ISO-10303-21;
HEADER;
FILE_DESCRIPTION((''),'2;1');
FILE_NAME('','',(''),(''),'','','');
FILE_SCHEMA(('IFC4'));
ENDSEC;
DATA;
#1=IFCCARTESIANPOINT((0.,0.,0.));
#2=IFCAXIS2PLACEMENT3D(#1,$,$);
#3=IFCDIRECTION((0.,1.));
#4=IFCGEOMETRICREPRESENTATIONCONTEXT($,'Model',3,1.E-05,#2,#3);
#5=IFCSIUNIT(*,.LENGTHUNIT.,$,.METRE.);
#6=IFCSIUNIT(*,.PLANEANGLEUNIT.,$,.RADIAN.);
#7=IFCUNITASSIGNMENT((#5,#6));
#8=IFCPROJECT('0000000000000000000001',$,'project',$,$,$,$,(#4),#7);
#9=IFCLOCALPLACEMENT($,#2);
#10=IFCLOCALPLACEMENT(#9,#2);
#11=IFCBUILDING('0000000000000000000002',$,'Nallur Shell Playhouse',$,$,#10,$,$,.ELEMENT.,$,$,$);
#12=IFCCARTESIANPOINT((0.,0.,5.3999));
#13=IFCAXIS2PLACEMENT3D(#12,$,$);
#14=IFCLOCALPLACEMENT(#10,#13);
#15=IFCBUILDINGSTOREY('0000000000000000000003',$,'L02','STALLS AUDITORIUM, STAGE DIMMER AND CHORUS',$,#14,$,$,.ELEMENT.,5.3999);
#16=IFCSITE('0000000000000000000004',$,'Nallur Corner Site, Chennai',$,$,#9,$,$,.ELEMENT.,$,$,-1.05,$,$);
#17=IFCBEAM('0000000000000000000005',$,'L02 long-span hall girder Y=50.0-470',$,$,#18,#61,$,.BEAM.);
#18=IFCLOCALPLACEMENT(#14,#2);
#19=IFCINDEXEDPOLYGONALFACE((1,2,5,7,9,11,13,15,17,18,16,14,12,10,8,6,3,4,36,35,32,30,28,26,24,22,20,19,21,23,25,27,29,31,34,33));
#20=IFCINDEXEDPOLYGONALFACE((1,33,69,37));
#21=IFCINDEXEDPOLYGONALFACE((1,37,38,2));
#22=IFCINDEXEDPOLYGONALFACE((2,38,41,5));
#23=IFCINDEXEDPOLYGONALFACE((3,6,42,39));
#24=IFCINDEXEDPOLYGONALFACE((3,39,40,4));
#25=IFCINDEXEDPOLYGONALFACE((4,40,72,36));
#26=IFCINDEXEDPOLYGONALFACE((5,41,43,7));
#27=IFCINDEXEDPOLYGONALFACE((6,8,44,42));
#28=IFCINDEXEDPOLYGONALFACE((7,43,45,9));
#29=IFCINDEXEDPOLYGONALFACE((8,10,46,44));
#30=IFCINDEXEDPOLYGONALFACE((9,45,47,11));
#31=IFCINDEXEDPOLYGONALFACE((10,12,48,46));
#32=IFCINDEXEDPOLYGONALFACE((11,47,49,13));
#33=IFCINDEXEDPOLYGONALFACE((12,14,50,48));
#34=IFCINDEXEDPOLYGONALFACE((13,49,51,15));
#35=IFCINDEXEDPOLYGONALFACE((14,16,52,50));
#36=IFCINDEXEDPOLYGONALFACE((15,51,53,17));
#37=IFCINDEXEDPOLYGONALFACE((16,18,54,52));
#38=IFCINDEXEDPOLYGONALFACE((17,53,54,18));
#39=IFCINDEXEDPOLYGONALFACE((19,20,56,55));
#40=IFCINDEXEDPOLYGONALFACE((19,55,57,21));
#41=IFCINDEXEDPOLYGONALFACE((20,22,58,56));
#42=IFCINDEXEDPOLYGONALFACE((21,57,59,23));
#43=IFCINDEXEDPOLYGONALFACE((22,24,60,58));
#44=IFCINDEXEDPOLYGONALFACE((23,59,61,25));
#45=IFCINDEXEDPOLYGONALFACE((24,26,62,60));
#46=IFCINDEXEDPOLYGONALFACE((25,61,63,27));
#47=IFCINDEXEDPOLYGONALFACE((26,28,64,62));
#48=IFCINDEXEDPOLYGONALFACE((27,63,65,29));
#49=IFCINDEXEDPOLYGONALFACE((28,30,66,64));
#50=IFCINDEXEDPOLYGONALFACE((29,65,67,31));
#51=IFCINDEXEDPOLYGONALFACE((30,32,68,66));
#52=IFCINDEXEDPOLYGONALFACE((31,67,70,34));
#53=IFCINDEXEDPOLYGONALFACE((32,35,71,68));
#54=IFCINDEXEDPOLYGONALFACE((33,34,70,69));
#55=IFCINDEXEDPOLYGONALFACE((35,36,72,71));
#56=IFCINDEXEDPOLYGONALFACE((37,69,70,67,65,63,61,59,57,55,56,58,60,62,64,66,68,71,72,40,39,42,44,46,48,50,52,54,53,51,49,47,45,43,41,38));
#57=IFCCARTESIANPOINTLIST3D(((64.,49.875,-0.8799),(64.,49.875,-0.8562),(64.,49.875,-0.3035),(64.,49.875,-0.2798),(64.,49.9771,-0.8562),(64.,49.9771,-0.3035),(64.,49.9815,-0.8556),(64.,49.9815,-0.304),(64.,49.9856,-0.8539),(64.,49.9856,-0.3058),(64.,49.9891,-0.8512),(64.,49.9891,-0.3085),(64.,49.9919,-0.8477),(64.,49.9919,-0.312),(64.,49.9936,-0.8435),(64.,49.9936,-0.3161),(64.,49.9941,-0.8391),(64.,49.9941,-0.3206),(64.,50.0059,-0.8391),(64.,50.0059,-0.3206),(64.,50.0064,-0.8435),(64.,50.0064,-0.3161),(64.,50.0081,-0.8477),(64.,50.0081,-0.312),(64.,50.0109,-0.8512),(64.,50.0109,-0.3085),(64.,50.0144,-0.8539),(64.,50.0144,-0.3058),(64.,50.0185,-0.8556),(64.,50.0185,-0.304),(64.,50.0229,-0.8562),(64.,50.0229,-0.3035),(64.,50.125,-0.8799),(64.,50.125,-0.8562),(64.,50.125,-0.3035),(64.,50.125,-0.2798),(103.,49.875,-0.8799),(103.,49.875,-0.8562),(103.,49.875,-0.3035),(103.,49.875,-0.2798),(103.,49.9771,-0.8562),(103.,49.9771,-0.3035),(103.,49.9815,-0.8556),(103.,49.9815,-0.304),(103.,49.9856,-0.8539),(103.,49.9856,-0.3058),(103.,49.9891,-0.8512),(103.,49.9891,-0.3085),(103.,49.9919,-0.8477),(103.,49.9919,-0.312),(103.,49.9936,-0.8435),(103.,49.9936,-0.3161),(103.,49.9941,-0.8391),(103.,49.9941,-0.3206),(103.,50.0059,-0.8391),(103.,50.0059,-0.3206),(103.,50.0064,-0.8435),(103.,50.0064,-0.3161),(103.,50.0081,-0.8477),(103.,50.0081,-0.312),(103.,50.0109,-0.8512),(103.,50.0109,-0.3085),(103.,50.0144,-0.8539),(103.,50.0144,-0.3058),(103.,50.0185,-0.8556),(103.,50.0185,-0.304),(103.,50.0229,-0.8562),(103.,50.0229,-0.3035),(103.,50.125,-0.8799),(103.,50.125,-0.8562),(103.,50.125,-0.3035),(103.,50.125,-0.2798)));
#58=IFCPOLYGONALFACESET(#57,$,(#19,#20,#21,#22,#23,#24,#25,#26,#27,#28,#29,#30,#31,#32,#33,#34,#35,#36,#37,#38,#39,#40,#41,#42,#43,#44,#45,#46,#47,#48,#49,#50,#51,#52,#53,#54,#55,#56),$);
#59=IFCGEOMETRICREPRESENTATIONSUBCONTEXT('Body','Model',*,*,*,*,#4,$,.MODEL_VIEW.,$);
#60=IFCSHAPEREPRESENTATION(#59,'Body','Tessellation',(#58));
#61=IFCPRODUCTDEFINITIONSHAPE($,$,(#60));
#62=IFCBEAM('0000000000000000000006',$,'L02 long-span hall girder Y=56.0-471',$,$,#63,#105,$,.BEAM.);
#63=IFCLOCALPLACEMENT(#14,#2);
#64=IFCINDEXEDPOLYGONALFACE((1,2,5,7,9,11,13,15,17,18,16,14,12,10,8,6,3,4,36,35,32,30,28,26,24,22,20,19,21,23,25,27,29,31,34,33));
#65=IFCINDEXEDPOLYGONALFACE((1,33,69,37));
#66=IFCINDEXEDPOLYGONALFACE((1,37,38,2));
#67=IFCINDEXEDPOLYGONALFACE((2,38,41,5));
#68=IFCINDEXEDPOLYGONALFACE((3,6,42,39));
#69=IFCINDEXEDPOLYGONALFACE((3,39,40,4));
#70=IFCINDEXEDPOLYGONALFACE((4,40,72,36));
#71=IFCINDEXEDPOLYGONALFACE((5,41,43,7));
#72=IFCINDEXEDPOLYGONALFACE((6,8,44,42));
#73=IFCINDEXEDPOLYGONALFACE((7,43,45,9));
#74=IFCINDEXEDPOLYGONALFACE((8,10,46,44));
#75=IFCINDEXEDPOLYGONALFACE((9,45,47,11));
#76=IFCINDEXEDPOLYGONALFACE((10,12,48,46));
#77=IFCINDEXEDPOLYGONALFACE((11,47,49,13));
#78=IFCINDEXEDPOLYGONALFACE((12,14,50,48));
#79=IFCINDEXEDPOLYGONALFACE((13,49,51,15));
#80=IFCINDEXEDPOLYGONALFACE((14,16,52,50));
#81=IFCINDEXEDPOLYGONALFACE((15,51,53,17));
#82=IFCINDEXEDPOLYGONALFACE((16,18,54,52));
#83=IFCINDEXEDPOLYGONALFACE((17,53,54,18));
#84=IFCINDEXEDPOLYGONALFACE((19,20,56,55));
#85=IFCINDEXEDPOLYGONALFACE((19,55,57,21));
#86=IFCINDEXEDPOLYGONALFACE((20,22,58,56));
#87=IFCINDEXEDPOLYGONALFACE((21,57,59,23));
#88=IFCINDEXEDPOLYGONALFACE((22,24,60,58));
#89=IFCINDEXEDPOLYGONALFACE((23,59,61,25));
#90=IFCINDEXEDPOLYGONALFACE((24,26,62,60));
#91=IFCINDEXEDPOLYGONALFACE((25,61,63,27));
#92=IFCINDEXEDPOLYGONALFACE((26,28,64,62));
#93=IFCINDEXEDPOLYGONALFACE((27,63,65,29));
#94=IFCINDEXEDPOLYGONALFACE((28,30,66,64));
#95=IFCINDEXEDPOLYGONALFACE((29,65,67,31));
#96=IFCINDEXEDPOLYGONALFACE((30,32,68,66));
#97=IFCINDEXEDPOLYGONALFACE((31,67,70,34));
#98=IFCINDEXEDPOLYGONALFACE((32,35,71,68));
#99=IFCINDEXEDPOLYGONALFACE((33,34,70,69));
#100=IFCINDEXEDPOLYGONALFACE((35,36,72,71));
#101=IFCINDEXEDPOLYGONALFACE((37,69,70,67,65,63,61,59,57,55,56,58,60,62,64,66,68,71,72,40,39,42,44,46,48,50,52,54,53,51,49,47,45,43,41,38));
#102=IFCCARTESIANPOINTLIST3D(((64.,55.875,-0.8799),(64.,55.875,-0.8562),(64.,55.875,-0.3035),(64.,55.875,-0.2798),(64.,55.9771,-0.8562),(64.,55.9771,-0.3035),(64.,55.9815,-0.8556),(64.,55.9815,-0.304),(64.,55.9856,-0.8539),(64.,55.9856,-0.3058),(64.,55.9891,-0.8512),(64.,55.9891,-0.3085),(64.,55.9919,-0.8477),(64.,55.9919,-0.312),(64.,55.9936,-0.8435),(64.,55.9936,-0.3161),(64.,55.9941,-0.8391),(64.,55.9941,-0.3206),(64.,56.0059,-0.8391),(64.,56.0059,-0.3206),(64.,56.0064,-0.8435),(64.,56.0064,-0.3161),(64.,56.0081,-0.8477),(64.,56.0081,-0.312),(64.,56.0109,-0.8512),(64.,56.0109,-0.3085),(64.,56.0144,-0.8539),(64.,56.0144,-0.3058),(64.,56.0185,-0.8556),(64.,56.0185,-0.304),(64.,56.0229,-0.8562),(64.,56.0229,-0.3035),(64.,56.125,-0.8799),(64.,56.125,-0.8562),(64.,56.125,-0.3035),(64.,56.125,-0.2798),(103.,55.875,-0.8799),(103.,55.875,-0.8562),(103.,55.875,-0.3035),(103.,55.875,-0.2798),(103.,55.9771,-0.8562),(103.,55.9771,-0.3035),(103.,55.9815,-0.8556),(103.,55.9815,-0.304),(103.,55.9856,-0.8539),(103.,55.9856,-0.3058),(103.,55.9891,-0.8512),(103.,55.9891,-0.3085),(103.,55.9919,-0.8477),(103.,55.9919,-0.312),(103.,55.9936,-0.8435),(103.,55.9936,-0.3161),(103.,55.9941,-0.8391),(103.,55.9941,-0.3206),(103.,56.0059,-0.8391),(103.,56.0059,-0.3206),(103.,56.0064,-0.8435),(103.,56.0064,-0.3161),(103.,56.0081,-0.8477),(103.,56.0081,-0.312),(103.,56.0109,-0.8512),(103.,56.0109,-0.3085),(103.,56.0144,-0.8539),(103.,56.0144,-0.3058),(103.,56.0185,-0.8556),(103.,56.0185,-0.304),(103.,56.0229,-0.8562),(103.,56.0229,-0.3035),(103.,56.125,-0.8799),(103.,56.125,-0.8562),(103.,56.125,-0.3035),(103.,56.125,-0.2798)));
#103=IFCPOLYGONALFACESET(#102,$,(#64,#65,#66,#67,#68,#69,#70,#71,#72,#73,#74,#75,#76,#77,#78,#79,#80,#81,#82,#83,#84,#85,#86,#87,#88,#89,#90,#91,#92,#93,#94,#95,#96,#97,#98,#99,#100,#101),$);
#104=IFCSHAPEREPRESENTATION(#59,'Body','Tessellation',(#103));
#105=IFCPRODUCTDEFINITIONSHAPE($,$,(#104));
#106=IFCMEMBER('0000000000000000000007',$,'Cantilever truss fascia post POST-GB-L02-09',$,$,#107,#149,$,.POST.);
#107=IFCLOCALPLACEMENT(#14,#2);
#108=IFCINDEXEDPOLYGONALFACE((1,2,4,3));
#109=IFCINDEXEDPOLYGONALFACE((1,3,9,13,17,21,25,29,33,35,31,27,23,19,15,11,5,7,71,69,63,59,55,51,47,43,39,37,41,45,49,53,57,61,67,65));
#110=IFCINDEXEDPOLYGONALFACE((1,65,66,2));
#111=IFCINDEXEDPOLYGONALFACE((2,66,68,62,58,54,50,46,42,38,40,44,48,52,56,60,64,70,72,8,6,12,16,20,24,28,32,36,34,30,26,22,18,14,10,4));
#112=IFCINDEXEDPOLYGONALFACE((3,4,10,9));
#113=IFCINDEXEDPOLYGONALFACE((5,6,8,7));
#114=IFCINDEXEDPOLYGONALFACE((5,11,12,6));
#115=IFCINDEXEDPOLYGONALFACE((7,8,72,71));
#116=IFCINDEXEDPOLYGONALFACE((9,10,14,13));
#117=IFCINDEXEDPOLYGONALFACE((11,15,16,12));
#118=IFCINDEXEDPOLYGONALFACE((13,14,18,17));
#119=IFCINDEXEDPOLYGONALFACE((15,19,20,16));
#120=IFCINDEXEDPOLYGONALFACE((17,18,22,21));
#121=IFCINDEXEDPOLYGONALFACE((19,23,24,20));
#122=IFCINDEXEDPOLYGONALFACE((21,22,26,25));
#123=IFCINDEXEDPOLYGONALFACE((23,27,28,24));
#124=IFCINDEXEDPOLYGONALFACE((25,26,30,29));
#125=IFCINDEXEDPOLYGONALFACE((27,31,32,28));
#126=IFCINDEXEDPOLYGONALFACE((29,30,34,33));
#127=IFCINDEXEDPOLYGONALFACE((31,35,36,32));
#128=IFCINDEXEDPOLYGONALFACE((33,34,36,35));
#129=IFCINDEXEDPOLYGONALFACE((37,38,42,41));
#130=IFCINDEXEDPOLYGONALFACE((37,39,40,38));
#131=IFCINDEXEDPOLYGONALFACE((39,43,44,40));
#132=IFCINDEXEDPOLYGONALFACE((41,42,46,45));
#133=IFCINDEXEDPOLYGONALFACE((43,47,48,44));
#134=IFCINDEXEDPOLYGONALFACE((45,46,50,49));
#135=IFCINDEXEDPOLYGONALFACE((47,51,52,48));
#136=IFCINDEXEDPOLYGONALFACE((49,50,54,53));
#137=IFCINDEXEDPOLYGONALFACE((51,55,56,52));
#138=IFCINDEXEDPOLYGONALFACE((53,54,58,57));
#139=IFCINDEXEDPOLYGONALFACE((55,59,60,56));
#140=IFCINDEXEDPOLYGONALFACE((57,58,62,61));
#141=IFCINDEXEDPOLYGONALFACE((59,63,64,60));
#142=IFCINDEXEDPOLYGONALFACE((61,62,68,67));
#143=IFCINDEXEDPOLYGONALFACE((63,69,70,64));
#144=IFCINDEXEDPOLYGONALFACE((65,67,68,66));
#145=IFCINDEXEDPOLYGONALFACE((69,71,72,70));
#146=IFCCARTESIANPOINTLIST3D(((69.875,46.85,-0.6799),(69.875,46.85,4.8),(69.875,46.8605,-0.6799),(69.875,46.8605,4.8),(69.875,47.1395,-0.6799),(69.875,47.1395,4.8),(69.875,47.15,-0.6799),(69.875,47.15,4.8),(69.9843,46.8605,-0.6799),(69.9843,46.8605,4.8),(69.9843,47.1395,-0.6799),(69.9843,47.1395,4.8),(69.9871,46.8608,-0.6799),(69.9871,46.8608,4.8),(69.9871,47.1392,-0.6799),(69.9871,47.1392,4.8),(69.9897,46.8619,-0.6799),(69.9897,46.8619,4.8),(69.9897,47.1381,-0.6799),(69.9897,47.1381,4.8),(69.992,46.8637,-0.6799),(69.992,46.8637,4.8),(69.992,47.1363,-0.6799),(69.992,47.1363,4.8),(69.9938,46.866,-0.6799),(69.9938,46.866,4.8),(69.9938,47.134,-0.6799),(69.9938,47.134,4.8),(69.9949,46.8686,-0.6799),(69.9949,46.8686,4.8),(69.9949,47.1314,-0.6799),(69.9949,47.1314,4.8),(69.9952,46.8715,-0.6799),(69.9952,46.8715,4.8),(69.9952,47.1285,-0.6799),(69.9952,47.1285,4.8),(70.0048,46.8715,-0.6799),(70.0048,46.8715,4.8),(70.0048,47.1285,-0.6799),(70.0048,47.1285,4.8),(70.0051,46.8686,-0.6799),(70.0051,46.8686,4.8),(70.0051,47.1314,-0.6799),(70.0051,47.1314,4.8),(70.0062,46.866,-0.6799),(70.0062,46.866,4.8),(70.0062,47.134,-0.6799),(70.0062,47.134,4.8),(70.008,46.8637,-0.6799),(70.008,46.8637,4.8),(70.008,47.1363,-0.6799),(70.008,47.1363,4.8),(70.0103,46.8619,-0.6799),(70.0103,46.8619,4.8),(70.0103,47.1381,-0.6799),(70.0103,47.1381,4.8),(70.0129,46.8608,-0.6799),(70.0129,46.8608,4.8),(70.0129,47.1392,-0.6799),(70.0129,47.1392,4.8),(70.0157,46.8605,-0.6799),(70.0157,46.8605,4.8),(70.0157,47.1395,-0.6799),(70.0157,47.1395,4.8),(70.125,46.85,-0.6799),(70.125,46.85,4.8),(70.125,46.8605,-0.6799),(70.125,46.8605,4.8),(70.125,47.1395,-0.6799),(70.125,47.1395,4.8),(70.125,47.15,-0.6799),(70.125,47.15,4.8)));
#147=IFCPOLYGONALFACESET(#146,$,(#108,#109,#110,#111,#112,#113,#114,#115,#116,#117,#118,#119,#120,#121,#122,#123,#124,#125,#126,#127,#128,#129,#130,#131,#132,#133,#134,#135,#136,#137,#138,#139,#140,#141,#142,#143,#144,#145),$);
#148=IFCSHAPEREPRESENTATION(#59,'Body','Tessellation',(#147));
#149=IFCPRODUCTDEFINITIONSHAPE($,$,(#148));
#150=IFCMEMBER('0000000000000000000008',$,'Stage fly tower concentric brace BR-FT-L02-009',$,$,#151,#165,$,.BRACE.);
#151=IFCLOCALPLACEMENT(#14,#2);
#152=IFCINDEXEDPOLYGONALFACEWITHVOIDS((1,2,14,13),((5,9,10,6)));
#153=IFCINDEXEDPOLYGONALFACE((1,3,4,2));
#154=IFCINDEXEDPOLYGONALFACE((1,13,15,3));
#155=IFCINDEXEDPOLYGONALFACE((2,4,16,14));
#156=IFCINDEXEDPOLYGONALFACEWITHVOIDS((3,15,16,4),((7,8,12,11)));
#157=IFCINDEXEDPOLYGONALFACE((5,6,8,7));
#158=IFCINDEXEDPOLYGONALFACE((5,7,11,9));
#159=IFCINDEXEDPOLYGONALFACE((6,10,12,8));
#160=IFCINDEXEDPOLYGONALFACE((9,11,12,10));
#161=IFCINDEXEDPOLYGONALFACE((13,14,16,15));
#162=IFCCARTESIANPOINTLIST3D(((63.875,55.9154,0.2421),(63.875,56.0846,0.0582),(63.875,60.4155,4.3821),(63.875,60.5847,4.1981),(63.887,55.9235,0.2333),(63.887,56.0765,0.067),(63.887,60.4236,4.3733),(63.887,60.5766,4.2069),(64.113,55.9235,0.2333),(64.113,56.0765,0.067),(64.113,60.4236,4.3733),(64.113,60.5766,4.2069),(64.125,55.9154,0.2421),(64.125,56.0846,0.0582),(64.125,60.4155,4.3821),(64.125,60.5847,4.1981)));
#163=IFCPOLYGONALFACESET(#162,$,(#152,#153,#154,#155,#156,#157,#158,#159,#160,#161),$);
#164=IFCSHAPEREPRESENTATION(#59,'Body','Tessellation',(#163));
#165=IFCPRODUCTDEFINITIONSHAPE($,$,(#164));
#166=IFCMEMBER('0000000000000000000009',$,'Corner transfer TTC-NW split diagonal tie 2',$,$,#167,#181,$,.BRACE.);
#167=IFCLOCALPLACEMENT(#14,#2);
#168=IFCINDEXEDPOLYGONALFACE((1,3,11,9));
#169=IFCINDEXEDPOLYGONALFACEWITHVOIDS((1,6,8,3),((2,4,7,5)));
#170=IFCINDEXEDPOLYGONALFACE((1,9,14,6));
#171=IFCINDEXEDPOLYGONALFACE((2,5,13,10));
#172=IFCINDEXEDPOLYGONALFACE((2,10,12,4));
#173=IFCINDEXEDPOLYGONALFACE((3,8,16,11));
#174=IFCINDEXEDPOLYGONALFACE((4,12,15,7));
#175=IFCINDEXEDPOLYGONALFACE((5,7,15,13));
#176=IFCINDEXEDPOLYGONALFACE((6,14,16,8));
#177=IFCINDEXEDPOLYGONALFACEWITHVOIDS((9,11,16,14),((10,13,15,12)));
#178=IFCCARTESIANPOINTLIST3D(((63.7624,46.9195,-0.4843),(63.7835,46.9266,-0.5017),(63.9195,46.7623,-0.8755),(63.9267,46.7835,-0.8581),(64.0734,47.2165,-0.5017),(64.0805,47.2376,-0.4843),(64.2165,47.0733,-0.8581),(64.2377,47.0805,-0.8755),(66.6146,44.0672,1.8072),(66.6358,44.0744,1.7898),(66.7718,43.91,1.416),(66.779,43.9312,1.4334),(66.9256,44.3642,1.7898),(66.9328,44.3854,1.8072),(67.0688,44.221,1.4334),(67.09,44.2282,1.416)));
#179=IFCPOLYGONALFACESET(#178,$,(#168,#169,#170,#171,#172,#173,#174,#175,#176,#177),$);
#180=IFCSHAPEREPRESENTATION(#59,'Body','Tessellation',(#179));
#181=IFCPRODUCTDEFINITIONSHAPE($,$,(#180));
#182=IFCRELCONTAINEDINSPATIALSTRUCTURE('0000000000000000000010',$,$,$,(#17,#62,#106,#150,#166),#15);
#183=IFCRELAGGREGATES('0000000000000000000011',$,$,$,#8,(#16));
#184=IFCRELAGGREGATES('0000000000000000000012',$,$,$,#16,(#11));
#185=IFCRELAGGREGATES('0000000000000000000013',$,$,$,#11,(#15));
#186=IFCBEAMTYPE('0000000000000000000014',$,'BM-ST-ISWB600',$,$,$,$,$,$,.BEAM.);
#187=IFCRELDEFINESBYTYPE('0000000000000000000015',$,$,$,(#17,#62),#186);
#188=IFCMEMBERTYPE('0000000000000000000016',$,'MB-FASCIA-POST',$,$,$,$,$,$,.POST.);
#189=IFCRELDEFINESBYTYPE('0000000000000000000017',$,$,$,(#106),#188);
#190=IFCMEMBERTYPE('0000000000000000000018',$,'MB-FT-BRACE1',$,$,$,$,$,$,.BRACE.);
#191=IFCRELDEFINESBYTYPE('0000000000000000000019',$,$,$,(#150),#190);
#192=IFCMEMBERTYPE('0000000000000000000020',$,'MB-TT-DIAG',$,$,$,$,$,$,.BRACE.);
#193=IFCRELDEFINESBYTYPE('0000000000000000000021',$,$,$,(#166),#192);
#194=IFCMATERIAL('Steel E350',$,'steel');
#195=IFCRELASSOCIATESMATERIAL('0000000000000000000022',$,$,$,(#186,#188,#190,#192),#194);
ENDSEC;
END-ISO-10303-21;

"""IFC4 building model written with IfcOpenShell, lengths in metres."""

from ifc_helpers import new_model, si_unit, direction, frame, origin, origin_2d, place, context, subcontext, project, spatial, hollow_rectangle, i_section, extrude, material, material_profile, profile_set, type_object, element, save


model = new_model("IFC4")

# Units and contexts
model_context = context("Model", 3, precision=1e-05, world=origin(), true_north=direction((0.0, 1.0)))
body_context = subcontext(model_context, "Body", "Model", "MODEL_VIEW")
ifc_project = project(units=[si_unit("LENGTHUNIT", "METRE"), si_unit("PLANEANGLEUNIT", "RADIAN")], contexts=[model_context])

# Site, building, storey
site_placement = place(None, origin())
site = spatial("IfcSite", under=ifc_project, at=site_placement, Name="Nallur Corner Site, Chennai", CompositionType="ELEMENT", RefElevation=-1.05)
building_placement = place(site_placement, origin())
building = spatial("IfcBuilding", under=site, at=building_placement, Name="Nallur Shell Playhouse", CompositionType="ELEMENT")
storey_placement = place(building_placement, frame((0.0, 0.0, 5.3999)))
storey = spatial("IfcBuildingStorey", under=building, at=storey_placement, Name="L02", Description="STALLS AUDITORIUM, STAGE DIMMER AND CHORUS", CompositionType="ELEMENT", Elevation=5.3999)

# Shared definitions
ifc_material_1 = material(Name="Steel E350", Category="steel")

# Beams
ifc_material_profile_1 = material_profile(ifc_material_1, i_section(OverallWidth=0.25, OverallDepth=0.6001, WebThickness=0.0117, FlangeThickness=0.0237, FilletRadius=0.0171, at=origin_2d()), Name="ISWB 600")
ifc_profile_set_1 = profile_set([ifc_material_profile_1], Name="Steel E350")
beam_type_1 = type_object("IfcBeamType", Name="BM-ST-ISWB600", PredefinedType="BEAM", material=ifc_profile_set_1)
for number, where, z_axis, x_axis, name in (
    (1, (64.0, 50.0, -0.5798), (1.0, 0.0, 0.0), (0.0, 1.0, 0.0), "L02 long-span hall girder Y=50.0-470"),
    (2, (64.0, 56.0, -0.5798), (1.0, 0.0, 0.0), (0.0, 1.0, 0.0), "L02 long-span hall girder Y=56.0-471"),
):
    element("IfcBeam", number, at=place(storey_placement, frame(where, z_axis=z_axis, x_axis=x_axis)), inside=storey, type_object=beam_type_1, Name=name, PredefinedType="BEAM", context=body_context, shape_type="SweptSolid", body=[
        extrude(i_section(OverallWidth=0.25, OverallDepth=0.6001, WebThickness=0.0117, FlangeThickness=0.0237, FilletRadius=0.0171, at=origin_2d()), origin(), (0.0, 0.0, 1.0), 39.0),
    ])

# Members
ifc_material_profile_2 = material_profile(ifc_material_1, i_section(OverallWidth=0.25, OverallDepth=0.3, WebThickness=0.0095, FlangeThickness=0.0105, FilletRadius=0.011, at=origin_2d()), Name="ISHB 300")
ifc_profile_set_2 = profile_set([ifc_material_profile_2], Name="Steel E350")
member_type_1 = type_object("IfcMemberType", Name="MB-FASCIA-POST", PredefinedType="POST", material=ifc_profile_set_2)
member_1_placement = place(storey_placement, frame((70.0, 47.0, -0.6799), z_axis=(0.0, 0.0, 1.0), x_axis=(1.0, 0.0, 0.0)))
element("IfcMember", 3, at=member_1_placement, inside=storey, type_object=member_type_1, Name="Cantilever truss fascia post POST-GB-L02-09", PredefinedType="POST", context=body_context, shape_type="SweptSolid", body=[
    extrude(i_section(OverallWidth=0.25, OverallDepth=0.3, WebThickness=0.0095, FlangeThickness=0.0105, FilletRadius=0.011, at=origin_2d()), origin(), (0.0, 0.0, 1.0), 5.48),
])
ifc_material_profile_3 = material_profile(ifc_material_1, hollow_rectangle(XDim=0.25, YDim=0.25, WallThickness=0.012, at=origin_2d()), Name="SHS 250x250x12")
ifc_profile_set_3 = profile_set([ifc_material_profile_3], Name="Steel E350")
member_type_2 = type_object("IfcMemberType", Name="MB-FT-BRACE1", PredefinedType="BRACE", material=ifc_profile_set_3)
member_2_placement = place(storey_placement, frame((64.0, 56.0, 0.1501), z_axis=(0.0, 0.73594, 0.677047), x_axis=(-1.0, 0.0, 0.0)))
element("IfcMember", 4, at=member_2_placement, inside=storey, type_object=member_type_2, Name="Stage fly tower concentric brace BR-FT-L02-009", PredefinedType="BRACE", context=body_context, shape_type="SweptSolid", body=[
    extrude(hollow_rectangle(XDim=0.25, YDim=0.25, WallThickness=0.012, at=origin_2d()), origin(), (0.0, 0.0, 1.0), 6.1147),
])
ifc_material_profile_4 = material_profile(ifc_material_1, hollow_rectangle(XDim=0.45, YDim=0.45, WallThickness=0.02, at=origin_2d()), Name="BOX 450x450x20")
ifc_profile_set_4 = profile_set([ifc_material_profile_4], Name="Steel E350")
member_type_3 = type_object("IfcMemberType", Name="MB-TT-DIAG", PredefinedType="BRACE", material=ifc_profile_set_4)
member_3_placement = place(storey_placement, frame((66.8523, 44.1477, 1.6116), z_axis=(-0.614825, 0.614825, -0.493944), x_axis=(-0.707107, -0.707107, 0.0)))
element("IfcMember", 5, at=member_3_placement, inside=storey, type_object=member_type_3, Name="Corner transfer TTC-NW split diagonal tie 2", PredefinedType="BRACE", context=body_context, shape_type="SweptSolid", body=[
    extrude(hollow_rectangle(XDim=0.45, YDim=0.45, WallThickness=0.02, at=origin_2d()), origin(), (0.0, 0.0, 1.0), 4.6392),
])

save(model, "model.ifc")
